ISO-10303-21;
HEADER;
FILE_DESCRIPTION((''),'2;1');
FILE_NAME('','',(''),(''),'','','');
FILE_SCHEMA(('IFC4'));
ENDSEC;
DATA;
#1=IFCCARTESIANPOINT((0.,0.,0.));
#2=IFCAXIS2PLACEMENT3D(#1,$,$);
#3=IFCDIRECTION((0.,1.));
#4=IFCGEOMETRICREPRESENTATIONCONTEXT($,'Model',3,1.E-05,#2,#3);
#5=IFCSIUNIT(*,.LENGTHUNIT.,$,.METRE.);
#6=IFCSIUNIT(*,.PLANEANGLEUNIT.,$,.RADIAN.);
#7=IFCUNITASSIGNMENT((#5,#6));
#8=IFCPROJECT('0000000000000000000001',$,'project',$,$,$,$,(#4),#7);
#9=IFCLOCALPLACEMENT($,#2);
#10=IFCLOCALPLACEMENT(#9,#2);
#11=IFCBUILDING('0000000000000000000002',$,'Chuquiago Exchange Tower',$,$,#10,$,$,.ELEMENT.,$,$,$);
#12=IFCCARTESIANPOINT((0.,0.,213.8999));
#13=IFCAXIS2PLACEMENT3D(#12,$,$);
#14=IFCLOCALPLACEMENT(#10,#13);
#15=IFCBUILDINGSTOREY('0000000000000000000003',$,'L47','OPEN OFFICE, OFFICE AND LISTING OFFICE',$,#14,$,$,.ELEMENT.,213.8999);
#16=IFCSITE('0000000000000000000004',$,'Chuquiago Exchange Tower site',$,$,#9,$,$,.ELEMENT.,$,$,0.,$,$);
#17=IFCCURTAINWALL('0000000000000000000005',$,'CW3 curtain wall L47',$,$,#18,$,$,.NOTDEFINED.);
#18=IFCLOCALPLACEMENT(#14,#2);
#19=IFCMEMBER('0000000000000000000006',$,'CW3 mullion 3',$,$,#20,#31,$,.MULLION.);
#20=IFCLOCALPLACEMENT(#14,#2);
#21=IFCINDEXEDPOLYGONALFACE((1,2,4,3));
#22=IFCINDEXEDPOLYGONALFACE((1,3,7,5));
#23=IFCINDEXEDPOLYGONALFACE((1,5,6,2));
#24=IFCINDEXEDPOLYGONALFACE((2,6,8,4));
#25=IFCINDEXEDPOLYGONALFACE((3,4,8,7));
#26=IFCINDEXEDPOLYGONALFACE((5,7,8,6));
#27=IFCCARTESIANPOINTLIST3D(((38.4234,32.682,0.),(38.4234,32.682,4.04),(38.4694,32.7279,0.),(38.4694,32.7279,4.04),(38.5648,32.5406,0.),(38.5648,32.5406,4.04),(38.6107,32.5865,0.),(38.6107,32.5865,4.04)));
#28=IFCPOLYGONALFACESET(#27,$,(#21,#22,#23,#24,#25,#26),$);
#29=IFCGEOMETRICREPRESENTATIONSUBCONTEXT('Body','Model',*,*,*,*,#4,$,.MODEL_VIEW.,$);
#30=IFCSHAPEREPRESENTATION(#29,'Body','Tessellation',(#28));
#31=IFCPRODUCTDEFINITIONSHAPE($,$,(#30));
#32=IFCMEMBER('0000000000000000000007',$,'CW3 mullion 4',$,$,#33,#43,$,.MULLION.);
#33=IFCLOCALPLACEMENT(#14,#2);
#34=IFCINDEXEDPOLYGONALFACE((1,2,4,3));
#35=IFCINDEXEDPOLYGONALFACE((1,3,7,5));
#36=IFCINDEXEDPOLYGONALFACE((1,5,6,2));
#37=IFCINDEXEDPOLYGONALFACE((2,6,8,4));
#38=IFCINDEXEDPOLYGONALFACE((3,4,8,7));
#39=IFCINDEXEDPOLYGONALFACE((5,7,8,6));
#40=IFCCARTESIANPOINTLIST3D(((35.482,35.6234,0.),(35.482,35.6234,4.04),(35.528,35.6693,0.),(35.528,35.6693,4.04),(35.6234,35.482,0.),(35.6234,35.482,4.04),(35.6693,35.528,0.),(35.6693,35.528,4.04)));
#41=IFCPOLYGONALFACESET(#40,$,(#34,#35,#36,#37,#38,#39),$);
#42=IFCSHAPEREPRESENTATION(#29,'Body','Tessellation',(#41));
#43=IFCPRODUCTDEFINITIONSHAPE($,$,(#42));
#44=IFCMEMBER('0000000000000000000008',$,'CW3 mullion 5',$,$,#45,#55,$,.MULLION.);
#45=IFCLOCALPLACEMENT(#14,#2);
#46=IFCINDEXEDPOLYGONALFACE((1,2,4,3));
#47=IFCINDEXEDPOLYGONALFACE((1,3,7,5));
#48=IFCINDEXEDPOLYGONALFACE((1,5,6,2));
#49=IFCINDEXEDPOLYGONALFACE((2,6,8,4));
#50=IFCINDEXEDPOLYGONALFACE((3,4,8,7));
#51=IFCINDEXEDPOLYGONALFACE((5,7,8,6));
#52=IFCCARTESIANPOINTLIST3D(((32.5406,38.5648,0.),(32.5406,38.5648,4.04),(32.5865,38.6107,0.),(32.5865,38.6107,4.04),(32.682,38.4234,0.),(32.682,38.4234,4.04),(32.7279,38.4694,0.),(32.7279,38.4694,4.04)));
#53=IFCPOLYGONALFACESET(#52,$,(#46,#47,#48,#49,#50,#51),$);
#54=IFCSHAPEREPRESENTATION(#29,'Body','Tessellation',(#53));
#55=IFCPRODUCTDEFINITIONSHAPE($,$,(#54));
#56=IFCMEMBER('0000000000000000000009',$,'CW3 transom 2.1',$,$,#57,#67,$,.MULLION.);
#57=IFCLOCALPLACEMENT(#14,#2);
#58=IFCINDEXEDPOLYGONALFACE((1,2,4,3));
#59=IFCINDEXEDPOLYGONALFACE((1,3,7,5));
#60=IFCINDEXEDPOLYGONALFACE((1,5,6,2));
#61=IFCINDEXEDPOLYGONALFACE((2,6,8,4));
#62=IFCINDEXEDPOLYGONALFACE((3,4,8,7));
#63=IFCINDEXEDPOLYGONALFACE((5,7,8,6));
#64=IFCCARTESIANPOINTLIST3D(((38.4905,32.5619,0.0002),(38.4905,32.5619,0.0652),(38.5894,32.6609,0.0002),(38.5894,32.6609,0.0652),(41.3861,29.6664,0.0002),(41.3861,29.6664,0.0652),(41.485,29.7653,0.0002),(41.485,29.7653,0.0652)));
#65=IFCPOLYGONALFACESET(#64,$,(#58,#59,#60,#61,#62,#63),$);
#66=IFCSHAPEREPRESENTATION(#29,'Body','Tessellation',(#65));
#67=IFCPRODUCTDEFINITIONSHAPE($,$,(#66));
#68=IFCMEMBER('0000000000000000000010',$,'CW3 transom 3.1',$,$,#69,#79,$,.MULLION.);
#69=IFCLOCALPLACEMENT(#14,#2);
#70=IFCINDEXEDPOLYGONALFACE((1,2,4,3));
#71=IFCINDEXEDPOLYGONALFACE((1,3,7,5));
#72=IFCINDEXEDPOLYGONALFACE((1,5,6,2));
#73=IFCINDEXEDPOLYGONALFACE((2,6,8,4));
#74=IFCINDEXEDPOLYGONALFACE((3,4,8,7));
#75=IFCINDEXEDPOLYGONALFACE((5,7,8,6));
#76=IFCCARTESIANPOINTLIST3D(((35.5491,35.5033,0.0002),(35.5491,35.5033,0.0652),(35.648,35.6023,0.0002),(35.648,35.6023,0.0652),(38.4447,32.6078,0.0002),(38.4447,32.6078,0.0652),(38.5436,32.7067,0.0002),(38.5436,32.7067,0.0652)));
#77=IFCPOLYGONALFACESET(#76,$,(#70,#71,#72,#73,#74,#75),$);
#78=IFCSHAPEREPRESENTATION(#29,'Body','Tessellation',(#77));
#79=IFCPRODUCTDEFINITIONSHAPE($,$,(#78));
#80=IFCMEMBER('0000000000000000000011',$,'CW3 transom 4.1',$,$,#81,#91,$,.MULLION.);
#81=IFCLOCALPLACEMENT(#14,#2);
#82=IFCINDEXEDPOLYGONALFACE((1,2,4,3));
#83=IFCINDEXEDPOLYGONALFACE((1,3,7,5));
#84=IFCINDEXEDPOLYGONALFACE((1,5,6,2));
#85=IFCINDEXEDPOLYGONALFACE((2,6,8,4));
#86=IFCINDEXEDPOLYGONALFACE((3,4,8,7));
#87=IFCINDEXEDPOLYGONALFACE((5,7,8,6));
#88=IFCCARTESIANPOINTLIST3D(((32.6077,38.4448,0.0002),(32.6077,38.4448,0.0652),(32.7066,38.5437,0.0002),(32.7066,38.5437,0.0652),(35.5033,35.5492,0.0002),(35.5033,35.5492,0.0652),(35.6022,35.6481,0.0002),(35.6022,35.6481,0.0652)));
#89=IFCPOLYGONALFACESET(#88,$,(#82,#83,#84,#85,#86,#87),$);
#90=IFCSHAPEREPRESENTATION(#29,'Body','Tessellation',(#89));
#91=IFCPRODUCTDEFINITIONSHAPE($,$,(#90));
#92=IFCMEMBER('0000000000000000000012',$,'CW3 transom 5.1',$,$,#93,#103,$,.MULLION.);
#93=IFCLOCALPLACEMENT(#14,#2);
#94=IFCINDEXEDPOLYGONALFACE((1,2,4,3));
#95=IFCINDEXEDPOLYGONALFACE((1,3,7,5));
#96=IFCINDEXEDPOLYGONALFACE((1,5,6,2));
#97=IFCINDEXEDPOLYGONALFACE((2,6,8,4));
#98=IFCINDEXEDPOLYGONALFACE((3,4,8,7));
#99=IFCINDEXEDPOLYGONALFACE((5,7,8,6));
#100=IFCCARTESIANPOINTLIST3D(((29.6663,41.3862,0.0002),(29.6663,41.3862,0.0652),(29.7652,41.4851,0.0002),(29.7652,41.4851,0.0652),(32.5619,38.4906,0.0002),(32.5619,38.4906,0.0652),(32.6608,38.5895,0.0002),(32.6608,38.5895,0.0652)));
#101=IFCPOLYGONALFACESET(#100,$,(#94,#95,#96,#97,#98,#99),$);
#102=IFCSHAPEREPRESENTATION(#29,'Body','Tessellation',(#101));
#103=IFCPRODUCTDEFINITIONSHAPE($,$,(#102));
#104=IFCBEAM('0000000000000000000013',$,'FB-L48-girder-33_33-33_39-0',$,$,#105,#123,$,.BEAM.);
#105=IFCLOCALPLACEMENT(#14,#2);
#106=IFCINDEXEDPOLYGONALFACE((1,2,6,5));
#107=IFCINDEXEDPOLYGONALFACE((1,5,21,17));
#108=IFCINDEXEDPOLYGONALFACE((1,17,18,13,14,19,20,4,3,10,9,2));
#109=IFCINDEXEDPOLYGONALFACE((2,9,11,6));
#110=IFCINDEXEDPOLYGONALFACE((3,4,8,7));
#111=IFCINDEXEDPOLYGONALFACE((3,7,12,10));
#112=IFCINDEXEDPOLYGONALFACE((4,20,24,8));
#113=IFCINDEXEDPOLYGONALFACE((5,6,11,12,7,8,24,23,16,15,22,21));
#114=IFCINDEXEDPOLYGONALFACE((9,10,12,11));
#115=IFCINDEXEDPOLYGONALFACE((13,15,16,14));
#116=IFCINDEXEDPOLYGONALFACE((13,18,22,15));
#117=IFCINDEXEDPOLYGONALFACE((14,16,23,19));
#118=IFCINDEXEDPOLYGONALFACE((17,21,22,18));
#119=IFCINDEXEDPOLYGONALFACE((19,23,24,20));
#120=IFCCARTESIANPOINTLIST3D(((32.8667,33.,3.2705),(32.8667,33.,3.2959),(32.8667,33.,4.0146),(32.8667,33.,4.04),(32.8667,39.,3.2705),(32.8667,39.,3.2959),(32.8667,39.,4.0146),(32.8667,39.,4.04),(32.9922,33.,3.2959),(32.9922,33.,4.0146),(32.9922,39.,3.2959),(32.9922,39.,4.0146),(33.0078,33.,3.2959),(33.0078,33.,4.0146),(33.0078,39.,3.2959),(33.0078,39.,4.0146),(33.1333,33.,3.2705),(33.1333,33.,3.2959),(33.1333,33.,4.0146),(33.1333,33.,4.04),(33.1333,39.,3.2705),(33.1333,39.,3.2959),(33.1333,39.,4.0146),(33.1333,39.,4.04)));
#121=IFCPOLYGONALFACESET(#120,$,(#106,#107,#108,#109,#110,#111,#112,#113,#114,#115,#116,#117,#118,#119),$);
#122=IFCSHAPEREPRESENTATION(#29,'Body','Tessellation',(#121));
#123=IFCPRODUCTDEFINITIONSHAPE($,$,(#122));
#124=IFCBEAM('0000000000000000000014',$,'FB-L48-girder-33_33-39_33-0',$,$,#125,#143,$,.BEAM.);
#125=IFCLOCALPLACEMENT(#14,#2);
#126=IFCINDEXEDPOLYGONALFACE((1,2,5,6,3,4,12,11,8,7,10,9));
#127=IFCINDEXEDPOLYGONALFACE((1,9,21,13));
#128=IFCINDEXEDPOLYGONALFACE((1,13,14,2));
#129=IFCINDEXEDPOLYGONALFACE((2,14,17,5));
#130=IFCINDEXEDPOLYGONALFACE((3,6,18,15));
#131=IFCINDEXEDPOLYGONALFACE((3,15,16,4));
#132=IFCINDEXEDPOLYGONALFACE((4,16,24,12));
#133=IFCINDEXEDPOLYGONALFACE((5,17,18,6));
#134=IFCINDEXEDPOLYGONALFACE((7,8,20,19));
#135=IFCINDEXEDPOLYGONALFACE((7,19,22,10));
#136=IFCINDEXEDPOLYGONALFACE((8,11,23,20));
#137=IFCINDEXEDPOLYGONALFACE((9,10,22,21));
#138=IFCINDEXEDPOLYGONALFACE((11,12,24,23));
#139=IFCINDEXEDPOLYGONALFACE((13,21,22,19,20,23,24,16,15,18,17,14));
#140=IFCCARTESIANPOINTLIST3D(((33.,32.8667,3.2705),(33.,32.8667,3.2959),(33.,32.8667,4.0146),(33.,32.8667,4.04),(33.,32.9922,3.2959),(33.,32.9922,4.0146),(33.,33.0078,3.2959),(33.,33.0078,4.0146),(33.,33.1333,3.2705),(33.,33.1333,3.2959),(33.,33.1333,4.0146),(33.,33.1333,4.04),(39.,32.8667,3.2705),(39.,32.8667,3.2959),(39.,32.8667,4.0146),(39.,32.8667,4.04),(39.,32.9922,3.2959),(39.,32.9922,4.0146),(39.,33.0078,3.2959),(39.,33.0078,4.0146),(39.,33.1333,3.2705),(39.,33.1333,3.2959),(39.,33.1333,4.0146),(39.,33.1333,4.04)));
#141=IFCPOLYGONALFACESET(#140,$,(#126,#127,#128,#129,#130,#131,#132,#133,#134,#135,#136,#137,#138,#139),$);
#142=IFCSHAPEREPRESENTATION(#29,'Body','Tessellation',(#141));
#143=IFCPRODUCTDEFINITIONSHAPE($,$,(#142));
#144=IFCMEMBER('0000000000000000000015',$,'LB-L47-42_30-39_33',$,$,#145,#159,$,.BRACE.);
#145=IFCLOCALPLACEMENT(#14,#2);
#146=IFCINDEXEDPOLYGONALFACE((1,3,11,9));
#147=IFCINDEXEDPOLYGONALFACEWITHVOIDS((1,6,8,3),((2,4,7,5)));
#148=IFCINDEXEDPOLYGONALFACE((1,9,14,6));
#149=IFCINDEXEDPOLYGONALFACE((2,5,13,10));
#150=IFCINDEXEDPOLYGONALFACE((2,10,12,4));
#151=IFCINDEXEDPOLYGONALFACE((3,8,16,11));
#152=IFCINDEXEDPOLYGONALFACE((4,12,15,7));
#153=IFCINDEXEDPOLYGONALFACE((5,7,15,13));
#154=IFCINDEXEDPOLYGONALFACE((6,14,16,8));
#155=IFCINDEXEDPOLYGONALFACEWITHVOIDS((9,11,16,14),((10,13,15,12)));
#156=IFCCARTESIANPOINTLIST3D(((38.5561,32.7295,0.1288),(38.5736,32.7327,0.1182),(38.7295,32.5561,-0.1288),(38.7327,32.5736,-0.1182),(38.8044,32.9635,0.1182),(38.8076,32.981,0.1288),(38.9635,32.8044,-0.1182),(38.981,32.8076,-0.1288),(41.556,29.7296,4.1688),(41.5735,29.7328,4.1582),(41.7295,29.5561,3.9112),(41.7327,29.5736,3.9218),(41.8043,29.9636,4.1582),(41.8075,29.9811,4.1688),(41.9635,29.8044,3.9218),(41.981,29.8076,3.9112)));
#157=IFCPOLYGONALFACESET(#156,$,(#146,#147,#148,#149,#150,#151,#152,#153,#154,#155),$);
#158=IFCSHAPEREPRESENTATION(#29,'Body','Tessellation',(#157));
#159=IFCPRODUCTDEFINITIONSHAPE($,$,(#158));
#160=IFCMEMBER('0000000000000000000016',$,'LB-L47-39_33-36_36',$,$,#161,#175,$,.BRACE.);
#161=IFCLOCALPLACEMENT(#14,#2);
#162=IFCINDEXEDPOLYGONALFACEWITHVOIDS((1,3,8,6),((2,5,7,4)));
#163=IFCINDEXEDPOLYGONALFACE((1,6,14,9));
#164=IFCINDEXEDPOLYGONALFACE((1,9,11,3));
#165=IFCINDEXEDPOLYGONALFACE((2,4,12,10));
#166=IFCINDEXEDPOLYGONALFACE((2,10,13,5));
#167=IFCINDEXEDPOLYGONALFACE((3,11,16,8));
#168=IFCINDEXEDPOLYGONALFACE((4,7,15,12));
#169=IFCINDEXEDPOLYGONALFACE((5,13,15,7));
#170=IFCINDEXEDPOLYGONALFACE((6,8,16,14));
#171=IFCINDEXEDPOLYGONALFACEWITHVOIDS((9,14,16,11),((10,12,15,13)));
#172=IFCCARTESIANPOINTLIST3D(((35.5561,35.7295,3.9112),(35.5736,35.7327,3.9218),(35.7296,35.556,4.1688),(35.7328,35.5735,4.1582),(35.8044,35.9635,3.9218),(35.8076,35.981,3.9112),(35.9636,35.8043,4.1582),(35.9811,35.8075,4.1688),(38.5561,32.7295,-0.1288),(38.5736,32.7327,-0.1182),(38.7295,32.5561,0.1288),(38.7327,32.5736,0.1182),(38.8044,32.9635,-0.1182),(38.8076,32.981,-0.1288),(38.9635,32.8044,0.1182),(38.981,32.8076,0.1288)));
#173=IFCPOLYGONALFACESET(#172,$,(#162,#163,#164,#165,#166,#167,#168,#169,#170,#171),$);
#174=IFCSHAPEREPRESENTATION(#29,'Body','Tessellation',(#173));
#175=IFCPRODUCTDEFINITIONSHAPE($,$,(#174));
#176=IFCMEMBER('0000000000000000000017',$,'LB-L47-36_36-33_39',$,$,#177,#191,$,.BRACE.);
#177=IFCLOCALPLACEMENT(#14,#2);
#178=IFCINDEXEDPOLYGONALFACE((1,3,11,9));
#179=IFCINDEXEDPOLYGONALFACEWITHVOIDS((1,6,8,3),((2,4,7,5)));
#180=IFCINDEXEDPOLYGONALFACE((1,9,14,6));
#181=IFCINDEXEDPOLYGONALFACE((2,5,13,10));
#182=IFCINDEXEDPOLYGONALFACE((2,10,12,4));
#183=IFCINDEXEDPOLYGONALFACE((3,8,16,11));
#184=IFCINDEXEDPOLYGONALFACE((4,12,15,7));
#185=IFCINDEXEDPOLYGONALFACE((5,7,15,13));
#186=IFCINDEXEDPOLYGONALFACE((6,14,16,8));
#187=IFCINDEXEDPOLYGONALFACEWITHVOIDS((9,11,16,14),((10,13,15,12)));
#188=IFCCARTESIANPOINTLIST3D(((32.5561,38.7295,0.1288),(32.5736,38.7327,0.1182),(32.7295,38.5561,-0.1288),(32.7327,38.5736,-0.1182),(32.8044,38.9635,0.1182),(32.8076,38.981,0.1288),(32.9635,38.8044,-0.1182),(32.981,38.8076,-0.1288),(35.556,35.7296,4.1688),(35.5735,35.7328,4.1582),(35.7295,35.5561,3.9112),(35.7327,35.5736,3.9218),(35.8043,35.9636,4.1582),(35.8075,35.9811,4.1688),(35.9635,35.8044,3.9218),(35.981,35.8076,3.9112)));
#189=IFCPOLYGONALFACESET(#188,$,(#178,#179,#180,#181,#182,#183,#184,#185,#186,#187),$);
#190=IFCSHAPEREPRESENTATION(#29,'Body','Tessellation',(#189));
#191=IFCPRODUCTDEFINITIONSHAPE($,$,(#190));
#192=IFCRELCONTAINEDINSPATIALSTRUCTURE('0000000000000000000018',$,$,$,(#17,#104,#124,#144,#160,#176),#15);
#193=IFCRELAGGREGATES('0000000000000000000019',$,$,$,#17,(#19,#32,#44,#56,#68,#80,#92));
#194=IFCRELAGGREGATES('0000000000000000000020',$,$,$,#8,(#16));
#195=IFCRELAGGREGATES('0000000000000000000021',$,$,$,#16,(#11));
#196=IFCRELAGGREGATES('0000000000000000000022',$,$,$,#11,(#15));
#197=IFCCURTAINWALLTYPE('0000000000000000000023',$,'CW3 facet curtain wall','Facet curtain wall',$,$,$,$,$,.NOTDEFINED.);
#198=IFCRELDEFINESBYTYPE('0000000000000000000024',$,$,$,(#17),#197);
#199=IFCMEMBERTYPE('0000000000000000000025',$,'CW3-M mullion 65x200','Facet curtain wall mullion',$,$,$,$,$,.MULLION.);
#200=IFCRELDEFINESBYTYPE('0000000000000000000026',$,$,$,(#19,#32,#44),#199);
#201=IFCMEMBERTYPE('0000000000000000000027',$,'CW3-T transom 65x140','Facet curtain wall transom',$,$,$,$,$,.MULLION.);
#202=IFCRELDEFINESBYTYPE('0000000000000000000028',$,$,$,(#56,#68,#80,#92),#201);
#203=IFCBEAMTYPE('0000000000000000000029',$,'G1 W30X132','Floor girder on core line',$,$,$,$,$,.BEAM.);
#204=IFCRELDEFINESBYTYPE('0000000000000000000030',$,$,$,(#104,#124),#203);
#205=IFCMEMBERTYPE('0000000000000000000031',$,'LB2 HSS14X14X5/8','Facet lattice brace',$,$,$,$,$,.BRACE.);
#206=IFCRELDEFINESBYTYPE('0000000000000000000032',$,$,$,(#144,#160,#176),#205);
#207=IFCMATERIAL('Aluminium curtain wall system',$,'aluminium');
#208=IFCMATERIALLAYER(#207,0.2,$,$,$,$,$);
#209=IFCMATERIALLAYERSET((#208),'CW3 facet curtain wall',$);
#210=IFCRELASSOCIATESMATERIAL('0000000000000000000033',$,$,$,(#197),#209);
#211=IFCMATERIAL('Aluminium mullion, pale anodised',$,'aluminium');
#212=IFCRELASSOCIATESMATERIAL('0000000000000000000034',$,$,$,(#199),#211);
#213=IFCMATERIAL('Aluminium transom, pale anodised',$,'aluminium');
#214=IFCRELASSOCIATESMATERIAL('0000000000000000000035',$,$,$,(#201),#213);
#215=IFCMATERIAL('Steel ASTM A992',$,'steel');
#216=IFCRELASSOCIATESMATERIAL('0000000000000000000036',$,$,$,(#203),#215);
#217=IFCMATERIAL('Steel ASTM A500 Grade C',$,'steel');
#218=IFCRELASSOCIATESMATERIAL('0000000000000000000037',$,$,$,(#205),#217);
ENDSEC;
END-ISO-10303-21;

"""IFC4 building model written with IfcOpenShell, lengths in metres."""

from ifc_helpers import new_model, si_unit, direction, frame, origin, origin_2d, place, context, subcontext, project, spatial, rectangle, hollow_rectangle, i_section, extrude, material, layer, layer_set, material_profile, profile_set, type_object, element, aggregate, save


model = new_model("IFC4")

# Units and contexts
model_context = context("Model", 3, precision=1e-05, world=origin(), true_north=direction((0.0, 1.0)))
body_context = subcontext(model_context, "Body", "Model", "MODEL_VIEW")
ifc_project = project(units=[si_unit("LENGTHUNIT", "METRE"), si_unit("PLANEANGLEUNIT", "RADIAN")], contexts=[model_context])

# Site, building, storey
site_placement = place(None, origin())
site = spatial("IfcSite", under=ifc_project, at=site_placement, Name="Chuquiago Exchange Tower site", CompositionType="ELEMENT", RefElevation=0.0)
building_placement = place(site_placement, origin())
building = spatial("IfcBuilding", under=site, at=building_placement, Name="Chuquiago Exchange Tower", CompositionType="ELEMENT")
storey_placement = place(building_placement, frame((0.0, 0.0, 213.8999)))
storey = spatial("IfcBuildingStorey", under=building, at=storey_placement, Name="L47", Description="OPEN OFFICE, OFFICE AND LISTING OFFICE", CompositionType="ELEMENT", Elevation=213.8999)

# Curtain wall, members
ifc_material_1 = material(Name="Aluminium curtain wall system", Category="aluminium")
ifc_layer_1 = layer(ifc_material_1, 0.2)
ifc_layer_set_1 = layer_set([ifc_layer_1], Name="CW3 facet curtain wall")
curtain_wall_type = type_object("IfcCurtainWallType", Name="CW3 facet curtain wall", Description="Facet curtain wall", PredefinedType="NOTDEFINED", material=ifc_layer_set_1)
curtain_wall_placement = place(storey_placement, origin())
curtain_wall = element("IfcCurtainWall", 1, at=curtain_wall_placement, inside=storey, type_object=curtain_wall_type, Name="CW3 curtain wall L47", PredefinedType="NOTDEFINED")
ifc_material_2 = material(Name="Aluminium mullion, pale anodised", Category="aluminium")
ifc_material_profile_1 = material_profile(ifc_material_2, rectangle(XDim=0.0649, YDim=0.2, at=origin_2d()), Name="AL 65x200")
ifc_profile_set_1 = profile_set([ifc_material_profile_1], Name="Aluminium mullion, pale anodised")
member_type_1 = type_object("IfcMemberType", Name="CW3-M mullion 65x200", Description="Facet curtain wall mullion", PredefinedType="MULLION", material=ifc_profile_set_1)
member_1_placement = place(storey_placement, frame((38.5171, 32.6343, 0.0), z_axis=(0.0, 0.0, 1.0), x_axis=(-0.707107, -0.707107, 0.0)))
member_1 = element("IfcMember", 2, at=member_1_placement, type_object=member_type_1, Name="CW3 mullion 3", PredefinedType="MULLION", context=body_context, shape_type="SweptSolid", body=[
    extrude(rectangle(XDim=0.0649, YDim=0.2, at=origin_2d()), origin(), (0.0, 0.0, 1.0), 4.04),
])
member_2_placement = place(storey_placement, frame((35.5757, 35.5757, 0.0), z_axis=(0.0, 0.0, 1.0), x_axis=(-0.707107, -0.707107, 0.0)))
member_2 = element("IfcMember", 3, at=member_2_placement, type_object=member_type_1, Name="CW3 mullion 4", PredefinedType="MULLION", context=body_context, shape_type="SweptSolid", body=[
    extrude(rectangle(XDim=0.0649, YDim=0.2, at=origin_2d()), origin(), (0.0, 0.0, 1.0), 4.04),
])
member_3_placement = place(storey_placement, frame((32.6343, 38.5171, 0.0), z_axis=(0.0, 0.0, 1.0), x_axis=(-0.707107, -0.707107, 0.0)))
member_3 = element("IfcMember", 4, at=member_3_placement, type_object=member_type_1, Name="CW3 mullion 5", PredefinedType="MULLION", context=body_context, shape_type="SweptSolid", body=[
    extrude(rectangle(XDim=0.0649, YDim=0.2, at=origin_2d()), origin(), (0.0, 0.0, 1.0), 4.04),
])
ifc_material_3 = material(Name="Aluminium transom, pale anodised", Category="aluminium")
ifc_material_profile_2 = material_profile(ifc_material_3, rectangle(XDim=0.1399, YDim=0.0649, at=origin_2d()), Name="AL 140x65")
ifc_profile_set_2 = profile_set([ifc_material_profile_2], Name="Aluminium transom, pale anodised")
member_type_2 = type_object("IfcMemberType", Name="CW3-T transom 65x140", Description="Facet curtain wall transom", PredefinedType="MULLION", material=ifc_profile_set_2)
member_4_placement = place(storey_placement, frame((41.4355, 29.7158, 0.0327), z_axis=(-0.707107, 0.707107, 0.0), x_axis=(-0.707107, -0.707107, 0.0)))
member_4 = element("IfcMember", 5, at=member_4_placement, type_object=member_type_2, Name="CW3 transom 2.1", PredefinedType="MULLION", context=body_context, shape_type="SweptSolid", body=[
    extrude(rectangle(XDim=0.1399, YDim=0.0649, at=origin_2d()), origin(), (0.0, 0.0, 1.0), 4.095),
])
member_5_placement = place(storey_placement, frame((38.4941, 32.6572, 0.0327), z_axis=(-0.707107, 0.707107, 0.0), x_axis=(-0.707107, -0.707107, 0.0)))
member_5 = element("IfcMember", 6, at=member_5_placement, type_object=member_type_2, Name="CW3 transom 3.1", PredefinedType="MULLION", context=body_context, shape_type="SweptSolid", body=[
    extrude(rectangle(XDim=0.1399, YDim=0.0649, at=origin_2d()), origin(), (0.0, 0.0, 1.0), 4.095),
])
member_6_placement = place(storey_placement, frame((35.5527, 35.5986, 0.0327), z_axis=(-0.707107, 0.707107, 0.0), x_axis=(-0.707107, -0.707107, 0.0)))
member_6 = element("IfcMember", 7, at=member_6_placement, type_object=member_type_2, Name="CW3 transom 4.1", PredefinedType="MULLION", context=body_context, shape_type="SweptSolid", body=[
    extrude(rectangle(XDim=0.1399, YDim=0.0649, at=origin_2d()), origin(), (0.0, 0.0, 1.0), 4.095),
])
member_7_placement = place(storey_placement, frame((32.6113, 38.54, 0.0327), z_axis=(-0.707107, 0.707107, 0.0), x_axis=(-0.707107, -0.707107, 0.0)))
member_7 = element("IfcMember", 8, at=member_7_placement, type_object=member_type_2, Name="CW3 transom 5.1", PredefinedType="MULLION", context=body_context, shape_type="SweptSolid", body=[
    extrude(rectangle(XDim=0.1399, YDim=0.0649, at=origin_2d()), origin(), (0.0, 0.0, 1.0), 4.095),
])

# Beams
ifc_material_4 = material(Name="Steel ASTM A992", Category="steel")
ifc_material_profile_3 = material_profile(ifc_material_4, i_section(OverallWidth=0.2666, OverallDepth=0.7695, WebThickness=0.0156, FlangeThickness=0.0254, at=origin_2d()), Name="W30X132")
ifc_profile_set_3 = profile_set([ifc_material_profile_3], Name="Steel ASTM A992")
beam_type_1 = type_object("IfcBeamType", Name="G1 W30X132", Description="Floor girder on core line", PredefinedType="BEAM", material=ifc_profile_set_3)
for number, where, z_axis, x_axis, name in (
    (9, (33.0, 33.0, 3.6553), (0.0, 1.0, 0.0), (-1.0, 0.0, 0.0), "FB-L48-girder-33_33-33_39-0"),
    (10, (33.0, 33.0, 3.6553), (1.0, 0.0, 0.0), (0.0, 1.0, 0.0), "FB-L48-girder-33_33-39_33-0"),
):
    element("IfcBeam", number, at=place(storey_placement, frame(where, z_axis=z_axis, x_axis=x_axis)), inside=storey, type_object=beam_type_1, Name=name, PredefinedType="BEAM", context=body_context, shape_type="SweptSolid", body=[
        extrude(i_section(OverallWidth=0.2666, OverallDepth=0.7695, WebThickness=0.0156, FlangeThickness=0.0254, at=origin_2d()), origin(), (0.0, 0.0, 1.0), 6.0),
    ])

# Members
ifc_material_5 = material(Name="Steel ASTM A500 Grade C", Category="steel")
ifc_material_profile_4 = material_profile(ifc_material_5, hollow_rectangle(XDim=0.3557, YDim=0.3557, WallThickness=0.0146, at=origin_2d()), Name="HSS14X14X5/8")
ifc_profile_set_4 = profile_set([ifc_material_profile_4], Name="Steel ASTM A500 Grade C")
member_type_3 = type_object("IfcMemberType", Name="LB2 HSS14X14X5/8", Description="Facet lattice brace", PredefinedType="BRACE", material=ifc_profile_set_4)
for number, where, z_axis, x_axis, name in (
    (11, (38.7686, 32.7686, 0.0), (0.512077, -0.512077, 0.689604), (0.707107, 0.707107, 0.0), "LB-L47-42_30-39_33"),
    (12, (38.7686, 32.7686, 0.0), (-0.512077, 0.512077, 0.689604), (-0.707107, -0.707107, 0.0), "LB-L47-39_33-36_36"),
    (13, (32.7686, 38.7686, 0.0), (0.512077, -0.512077, 0.689604), (0.707107, 0.707107, 0.0), "LB-L47-36_36-33_39"),
):
    element("IfcMember", number, at=place(storey_placement, frame(where, z_axis=z_axis, x_axis=x_axis)), inside=storey, type_object=member_type_3, Name=name, PredefinedType="BRACE", context=body_context, shape_type="SweptSolid", body=[
        extrude(hollow_rectangle(XDim=0.3557, YDim=0.3557, WallThickness=0.0146, at=origin_2d()), origin(), (0.0, 0.0, 1.0), 5.8584),
    ])

aggregate(curtain_wall, [member_1, member_2, member_3, member_4, member_5, member_6, member_7])

save(model, "model.ifc")
